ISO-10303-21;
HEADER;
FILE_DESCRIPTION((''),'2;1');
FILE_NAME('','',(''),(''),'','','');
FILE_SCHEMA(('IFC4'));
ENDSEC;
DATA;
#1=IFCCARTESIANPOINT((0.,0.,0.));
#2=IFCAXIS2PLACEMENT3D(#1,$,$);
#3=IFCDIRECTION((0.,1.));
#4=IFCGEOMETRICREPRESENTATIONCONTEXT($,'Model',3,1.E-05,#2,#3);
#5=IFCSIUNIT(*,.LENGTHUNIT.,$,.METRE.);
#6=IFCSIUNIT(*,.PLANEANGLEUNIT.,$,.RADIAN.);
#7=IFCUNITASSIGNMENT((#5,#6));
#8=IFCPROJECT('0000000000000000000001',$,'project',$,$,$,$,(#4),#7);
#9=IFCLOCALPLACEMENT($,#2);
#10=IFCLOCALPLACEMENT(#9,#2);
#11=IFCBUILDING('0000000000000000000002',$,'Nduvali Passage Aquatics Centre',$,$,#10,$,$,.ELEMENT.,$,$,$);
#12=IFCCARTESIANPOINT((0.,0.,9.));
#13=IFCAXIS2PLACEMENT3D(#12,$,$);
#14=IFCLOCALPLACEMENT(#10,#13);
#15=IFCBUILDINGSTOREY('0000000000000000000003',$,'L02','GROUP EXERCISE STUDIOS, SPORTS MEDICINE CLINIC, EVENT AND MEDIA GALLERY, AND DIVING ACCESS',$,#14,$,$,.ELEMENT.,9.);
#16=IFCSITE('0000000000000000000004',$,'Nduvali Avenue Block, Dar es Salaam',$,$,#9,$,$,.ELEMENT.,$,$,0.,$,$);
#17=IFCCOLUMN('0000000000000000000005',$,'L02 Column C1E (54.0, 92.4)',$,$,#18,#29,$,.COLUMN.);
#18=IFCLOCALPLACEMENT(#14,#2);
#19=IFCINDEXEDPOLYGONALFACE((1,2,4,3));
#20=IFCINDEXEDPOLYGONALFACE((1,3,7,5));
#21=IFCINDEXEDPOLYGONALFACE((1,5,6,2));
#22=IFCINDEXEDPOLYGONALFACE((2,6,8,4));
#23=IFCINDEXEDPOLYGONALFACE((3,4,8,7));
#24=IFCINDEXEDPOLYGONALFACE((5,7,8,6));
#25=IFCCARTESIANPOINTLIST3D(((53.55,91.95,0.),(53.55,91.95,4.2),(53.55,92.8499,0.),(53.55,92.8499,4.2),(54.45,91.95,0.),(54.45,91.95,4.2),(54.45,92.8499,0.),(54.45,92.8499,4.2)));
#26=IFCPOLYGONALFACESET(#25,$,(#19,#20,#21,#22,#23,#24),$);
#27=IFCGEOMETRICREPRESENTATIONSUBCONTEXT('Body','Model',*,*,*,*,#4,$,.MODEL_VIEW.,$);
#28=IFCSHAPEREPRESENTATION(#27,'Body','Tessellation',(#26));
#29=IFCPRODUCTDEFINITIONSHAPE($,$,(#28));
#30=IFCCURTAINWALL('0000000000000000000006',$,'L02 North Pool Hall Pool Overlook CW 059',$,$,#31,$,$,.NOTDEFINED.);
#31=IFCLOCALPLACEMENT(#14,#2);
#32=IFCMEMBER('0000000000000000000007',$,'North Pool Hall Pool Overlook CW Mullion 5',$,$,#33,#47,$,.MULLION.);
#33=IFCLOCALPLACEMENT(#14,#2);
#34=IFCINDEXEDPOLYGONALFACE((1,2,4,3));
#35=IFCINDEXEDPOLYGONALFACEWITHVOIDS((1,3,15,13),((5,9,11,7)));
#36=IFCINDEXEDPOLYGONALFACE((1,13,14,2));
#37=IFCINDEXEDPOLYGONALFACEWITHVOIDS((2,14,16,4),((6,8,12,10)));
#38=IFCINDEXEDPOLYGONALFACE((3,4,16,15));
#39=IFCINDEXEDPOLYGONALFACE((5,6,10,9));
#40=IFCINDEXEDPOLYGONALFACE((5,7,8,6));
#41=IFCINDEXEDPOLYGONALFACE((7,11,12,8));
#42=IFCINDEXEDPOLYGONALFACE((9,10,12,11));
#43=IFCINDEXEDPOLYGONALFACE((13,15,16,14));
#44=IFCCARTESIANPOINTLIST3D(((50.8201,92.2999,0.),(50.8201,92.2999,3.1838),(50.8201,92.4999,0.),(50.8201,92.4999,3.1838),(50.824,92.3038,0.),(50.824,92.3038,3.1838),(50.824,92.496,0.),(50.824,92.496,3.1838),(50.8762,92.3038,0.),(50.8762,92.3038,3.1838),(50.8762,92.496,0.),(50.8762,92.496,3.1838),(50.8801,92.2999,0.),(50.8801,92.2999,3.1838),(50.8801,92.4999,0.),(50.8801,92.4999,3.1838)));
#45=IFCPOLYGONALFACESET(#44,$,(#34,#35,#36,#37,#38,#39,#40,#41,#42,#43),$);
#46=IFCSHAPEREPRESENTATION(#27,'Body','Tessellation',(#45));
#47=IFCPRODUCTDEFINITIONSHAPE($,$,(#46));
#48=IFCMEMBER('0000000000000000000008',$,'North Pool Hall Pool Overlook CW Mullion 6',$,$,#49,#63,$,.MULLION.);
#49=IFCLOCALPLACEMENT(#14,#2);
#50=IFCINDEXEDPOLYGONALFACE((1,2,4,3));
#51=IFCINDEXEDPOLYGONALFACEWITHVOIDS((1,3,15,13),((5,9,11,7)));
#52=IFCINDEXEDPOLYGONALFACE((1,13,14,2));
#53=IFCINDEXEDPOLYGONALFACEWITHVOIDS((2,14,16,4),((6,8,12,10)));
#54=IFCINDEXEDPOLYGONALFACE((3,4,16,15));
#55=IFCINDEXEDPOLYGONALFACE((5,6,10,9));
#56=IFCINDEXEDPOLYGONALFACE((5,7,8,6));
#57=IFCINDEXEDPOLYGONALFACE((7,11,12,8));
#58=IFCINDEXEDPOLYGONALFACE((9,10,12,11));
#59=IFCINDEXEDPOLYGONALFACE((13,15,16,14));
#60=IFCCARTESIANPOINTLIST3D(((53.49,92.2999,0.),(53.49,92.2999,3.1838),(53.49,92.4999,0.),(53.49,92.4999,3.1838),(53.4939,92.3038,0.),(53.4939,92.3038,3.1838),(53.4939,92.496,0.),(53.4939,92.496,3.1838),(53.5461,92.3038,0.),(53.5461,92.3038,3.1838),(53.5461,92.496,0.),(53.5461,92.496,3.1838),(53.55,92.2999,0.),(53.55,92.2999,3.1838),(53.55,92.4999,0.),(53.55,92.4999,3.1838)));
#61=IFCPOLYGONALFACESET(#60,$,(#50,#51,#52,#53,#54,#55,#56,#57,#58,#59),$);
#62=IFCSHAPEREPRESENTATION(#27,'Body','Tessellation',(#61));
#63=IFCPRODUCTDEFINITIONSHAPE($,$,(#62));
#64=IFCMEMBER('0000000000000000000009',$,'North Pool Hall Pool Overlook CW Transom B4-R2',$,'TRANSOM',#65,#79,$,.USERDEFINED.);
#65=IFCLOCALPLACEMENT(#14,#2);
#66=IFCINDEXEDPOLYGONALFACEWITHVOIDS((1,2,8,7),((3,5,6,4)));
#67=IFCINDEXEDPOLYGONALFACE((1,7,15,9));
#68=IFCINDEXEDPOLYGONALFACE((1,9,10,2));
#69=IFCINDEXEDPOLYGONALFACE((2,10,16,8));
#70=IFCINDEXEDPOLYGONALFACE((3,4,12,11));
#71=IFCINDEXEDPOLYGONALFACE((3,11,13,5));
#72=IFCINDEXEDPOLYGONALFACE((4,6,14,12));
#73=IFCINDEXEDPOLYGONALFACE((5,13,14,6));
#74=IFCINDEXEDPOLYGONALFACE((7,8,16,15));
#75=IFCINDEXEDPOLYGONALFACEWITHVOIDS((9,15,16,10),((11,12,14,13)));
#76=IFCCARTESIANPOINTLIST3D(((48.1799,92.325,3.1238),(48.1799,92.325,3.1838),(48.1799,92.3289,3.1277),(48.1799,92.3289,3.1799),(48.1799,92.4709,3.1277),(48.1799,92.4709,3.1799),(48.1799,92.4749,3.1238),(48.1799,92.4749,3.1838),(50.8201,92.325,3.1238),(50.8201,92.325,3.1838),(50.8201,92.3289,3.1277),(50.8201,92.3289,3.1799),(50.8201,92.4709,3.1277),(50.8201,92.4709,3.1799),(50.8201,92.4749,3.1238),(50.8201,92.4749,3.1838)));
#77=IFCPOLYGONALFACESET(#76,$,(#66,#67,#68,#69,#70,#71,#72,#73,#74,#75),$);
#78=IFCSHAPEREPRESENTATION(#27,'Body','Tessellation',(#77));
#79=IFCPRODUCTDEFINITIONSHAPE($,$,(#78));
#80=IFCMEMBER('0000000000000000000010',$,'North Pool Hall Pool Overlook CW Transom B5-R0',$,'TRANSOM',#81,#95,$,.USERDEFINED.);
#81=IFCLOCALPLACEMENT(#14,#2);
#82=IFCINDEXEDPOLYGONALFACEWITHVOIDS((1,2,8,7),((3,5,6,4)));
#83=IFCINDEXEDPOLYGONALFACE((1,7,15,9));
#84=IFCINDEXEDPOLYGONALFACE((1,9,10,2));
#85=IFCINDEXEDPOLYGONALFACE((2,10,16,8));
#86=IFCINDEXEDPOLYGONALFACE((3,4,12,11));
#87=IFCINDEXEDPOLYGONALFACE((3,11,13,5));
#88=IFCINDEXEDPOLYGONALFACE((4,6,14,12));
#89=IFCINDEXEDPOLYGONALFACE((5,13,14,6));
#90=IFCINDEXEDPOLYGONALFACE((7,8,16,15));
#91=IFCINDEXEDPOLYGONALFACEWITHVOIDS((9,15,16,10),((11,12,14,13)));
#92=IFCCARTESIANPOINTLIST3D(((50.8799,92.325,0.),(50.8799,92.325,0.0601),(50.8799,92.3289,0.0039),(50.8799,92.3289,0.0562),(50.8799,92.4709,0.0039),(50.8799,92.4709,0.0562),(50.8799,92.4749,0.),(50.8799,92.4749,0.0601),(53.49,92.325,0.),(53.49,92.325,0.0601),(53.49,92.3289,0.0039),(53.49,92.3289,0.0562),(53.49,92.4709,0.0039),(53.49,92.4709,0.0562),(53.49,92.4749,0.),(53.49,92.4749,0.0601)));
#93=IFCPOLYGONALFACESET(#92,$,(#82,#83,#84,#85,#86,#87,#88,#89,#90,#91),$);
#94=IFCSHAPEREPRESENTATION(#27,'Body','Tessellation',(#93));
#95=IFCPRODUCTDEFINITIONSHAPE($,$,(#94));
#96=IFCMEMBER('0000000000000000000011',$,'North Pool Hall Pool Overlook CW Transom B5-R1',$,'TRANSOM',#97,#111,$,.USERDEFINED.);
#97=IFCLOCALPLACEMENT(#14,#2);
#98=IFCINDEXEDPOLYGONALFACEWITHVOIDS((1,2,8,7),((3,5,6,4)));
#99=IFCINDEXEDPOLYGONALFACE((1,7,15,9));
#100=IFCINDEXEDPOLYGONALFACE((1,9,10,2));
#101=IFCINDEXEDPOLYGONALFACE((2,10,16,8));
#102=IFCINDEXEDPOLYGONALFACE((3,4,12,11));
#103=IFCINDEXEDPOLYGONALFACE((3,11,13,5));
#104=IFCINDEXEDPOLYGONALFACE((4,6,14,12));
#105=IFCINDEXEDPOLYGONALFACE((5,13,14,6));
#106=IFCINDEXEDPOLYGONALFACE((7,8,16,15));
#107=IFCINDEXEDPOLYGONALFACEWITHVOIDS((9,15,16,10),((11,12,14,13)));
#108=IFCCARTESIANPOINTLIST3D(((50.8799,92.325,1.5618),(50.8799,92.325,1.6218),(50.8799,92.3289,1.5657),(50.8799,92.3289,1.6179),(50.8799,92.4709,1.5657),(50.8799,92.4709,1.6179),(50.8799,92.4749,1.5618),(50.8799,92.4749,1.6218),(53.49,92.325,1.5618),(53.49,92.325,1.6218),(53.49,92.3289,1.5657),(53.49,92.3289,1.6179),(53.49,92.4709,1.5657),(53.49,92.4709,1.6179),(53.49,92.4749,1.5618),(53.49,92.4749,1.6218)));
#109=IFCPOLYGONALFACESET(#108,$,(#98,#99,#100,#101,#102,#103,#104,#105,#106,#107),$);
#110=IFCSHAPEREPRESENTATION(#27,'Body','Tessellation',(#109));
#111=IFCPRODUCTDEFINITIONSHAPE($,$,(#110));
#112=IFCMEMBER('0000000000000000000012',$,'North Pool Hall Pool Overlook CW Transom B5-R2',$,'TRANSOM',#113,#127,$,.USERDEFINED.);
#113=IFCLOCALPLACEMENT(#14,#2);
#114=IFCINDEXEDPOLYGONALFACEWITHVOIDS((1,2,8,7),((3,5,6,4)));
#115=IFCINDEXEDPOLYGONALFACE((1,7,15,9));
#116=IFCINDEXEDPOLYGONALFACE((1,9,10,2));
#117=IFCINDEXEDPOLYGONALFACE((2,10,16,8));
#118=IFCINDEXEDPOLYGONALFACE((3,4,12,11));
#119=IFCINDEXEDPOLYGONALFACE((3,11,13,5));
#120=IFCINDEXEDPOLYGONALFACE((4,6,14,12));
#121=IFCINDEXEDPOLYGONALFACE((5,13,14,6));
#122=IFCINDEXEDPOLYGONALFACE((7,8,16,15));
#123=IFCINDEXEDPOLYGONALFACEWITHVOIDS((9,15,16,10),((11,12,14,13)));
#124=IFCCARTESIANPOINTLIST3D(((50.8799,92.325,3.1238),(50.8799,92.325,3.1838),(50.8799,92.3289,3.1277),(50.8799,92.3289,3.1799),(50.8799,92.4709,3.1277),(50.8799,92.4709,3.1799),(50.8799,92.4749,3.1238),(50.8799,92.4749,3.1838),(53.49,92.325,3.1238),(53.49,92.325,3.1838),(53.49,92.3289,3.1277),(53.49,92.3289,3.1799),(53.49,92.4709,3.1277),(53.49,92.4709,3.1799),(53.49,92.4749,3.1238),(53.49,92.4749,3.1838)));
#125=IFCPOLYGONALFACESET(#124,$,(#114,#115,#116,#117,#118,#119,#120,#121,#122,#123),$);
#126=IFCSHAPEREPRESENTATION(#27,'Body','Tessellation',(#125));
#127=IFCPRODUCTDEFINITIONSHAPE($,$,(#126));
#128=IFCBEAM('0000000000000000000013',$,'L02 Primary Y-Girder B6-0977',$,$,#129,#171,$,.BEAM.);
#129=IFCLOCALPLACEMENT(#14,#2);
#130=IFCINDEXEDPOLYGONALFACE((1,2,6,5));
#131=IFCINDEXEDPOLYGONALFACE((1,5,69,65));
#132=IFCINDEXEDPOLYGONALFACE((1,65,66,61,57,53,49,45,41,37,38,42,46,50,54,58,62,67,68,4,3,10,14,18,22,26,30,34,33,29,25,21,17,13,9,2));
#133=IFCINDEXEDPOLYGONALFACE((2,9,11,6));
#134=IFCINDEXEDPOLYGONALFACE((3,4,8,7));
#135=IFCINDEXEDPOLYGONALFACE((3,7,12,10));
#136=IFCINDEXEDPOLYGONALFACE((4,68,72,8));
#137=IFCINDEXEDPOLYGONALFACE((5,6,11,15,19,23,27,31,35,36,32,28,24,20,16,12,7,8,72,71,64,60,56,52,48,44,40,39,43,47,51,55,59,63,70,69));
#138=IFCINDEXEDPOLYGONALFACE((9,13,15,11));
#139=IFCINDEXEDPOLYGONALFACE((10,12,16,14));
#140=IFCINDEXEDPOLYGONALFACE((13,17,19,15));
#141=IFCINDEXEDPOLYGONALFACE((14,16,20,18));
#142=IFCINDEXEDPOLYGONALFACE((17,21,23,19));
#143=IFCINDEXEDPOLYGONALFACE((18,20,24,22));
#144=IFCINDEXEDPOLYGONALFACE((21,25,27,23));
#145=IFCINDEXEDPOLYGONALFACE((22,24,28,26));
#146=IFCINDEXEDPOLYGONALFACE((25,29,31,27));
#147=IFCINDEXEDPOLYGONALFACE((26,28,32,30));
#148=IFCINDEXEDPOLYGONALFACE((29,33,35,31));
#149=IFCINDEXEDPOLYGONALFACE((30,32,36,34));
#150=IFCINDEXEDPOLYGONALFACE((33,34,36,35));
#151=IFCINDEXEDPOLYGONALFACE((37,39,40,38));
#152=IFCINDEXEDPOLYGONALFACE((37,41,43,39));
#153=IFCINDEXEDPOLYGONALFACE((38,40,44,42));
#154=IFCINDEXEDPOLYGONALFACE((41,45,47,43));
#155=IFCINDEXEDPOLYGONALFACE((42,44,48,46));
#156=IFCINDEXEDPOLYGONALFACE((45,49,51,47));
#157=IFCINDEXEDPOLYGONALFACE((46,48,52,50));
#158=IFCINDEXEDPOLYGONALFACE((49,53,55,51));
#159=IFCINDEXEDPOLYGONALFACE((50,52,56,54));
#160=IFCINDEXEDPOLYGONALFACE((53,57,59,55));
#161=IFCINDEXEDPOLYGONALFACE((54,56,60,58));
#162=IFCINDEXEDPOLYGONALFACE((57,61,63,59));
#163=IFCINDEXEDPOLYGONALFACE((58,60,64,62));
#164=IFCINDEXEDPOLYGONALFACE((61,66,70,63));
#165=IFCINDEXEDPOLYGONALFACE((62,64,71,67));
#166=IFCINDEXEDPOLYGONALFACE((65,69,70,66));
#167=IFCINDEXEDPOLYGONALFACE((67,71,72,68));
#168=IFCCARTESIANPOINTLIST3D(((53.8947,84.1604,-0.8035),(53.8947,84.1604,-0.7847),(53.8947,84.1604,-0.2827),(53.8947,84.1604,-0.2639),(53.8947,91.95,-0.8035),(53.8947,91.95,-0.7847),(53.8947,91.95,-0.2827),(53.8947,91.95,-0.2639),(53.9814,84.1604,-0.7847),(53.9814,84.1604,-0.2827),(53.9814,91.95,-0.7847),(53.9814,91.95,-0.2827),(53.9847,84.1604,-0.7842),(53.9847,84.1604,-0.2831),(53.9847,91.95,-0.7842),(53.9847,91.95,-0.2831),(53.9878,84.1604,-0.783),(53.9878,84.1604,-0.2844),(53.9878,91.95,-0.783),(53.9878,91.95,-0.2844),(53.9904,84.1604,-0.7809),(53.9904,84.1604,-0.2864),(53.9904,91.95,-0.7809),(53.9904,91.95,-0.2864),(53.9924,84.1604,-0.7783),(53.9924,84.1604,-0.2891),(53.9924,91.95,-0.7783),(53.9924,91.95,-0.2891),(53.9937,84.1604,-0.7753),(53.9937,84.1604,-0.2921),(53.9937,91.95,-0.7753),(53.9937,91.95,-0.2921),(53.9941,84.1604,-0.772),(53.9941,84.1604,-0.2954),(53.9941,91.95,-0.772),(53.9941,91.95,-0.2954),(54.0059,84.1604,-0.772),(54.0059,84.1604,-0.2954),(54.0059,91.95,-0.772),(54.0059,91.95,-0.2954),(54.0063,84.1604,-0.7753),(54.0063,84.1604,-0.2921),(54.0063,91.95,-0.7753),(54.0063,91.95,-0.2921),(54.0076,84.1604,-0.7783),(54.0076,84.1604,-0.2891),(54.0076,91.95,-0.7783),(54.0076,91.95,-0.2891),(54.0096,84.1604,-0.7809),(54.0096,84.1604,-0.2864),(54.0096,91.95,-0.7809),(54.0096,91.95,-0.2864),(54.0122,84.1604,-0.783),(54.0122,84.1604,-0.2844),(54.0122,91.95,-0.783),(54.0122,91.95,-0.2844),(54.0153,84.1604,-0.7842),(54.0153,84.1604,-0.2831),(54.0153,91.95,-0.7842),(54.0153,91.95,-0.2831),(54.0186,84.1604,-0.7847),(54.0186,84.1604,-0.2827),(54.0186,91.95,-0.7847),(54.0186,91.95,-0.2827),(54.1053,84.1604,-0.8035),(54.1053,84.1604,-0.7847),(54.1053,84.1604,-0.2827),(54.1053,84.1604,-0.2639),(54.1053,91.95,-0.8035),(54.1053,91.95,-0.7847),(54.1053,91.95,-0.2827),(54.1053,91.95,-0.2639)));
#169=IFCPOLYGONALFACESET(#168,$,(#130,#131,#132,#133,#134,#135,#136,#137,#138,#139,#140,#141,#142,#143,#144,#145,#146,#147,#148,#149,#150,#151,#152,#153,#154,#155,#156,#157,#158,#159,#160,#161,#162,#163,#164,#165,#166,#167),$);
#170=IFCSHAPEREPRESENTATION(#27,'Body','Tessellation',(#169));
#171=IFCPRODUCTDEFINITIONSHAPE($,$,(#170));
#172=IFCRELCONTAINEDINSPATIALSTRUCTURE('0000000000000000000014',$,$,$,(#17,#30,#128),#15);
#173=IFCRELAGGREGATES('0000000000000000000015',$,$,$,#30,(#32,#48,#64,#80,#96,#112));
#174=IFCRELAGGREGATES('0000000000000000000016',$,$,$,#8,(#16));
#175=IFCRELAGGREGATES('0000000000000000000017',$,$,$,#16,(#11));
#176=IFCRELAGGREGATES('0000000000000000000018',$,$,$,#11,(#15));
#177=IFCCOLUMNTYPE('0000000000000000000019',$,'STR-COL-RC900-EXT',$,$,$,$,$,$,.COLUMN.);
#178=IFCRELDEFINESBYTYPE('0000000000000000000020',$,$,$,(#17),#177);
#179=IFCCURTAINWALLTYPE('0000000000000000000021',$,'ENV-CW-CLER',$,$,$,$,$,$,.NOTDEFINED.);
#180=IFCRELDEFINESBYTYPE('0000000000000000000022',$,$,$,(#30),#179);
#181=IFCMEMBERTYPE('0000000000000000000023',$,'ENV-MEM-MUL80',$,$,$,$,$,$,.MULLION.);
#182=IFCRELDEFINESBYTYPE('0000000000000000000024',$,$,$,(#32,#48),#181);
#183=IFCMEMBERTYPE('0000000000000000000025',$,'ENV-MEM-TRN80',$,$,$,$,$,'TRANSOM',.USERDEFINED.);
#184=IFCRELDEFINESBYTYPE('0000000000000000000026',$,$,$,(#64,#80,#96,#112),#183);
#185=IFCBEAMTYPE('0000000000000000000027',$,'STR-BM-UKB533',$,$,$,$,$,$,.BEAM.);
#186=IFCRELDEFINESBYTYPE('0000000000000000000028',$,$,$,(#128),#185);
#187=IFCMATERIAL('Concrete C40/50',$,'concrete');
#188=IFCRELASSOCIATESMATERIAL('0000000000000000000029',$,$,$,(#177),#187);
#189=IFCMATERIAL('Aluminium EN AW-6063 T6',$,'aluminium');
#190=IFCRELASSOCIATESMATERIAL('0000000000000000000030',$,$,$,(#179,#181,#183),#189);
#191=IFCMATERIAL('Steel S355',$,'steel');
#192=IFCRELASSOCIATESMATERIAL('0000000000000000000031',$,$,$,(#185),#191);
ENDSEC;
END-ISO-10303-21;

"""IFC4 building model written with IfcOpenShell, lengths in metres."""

from ifc_helpers import new_model, si_unit, direction, frame, origin, origin_2d, place, context, subcontext, project, spatial, rectangle, hollow_rectangle, i_section, extrude, material, material_profile, profile_set, type_object, element, aggregate, save


model = new_model("IFC4")

# Units and contexts
model_context = context("Model", 3, precision=1e-05, world=origin(), true_north=direction((0.0, 1.0)))
body_context = subcontext(model_context, "Body", "Model", "MODEL_VIEW")
ifc_project = project(units=[si_unit("LENGTHUNIT", "METRE"), si_unit("PLANEANGLEUNIT", "RADIAN")], contexts=[model_context])

# Site, building, storey
site_placement = place(None, origin())
site = spatial("IfcSite", under=ifc_project, at=site_placement, Name="Nduvali Avenue Block, Dar es Salaam", CompositionType="ELEMENT", RefElevation=0.0)
building_placement = place(site_placement, origin())
building = spatial("IfcBuilding", under=site, at=building_placement, Name="Nduvali Passage Aquatics Centre", CompositionType="ELEMENT")
storey_placement = place(building_placement, frame((0.0, 0.0, 9.0)))
storey = spatial("IfcBuildingStorey", under=building, at=storey_placement, Name="L02", Description="GROUP EXERCISE STUDIOS, SPORTS MEDICINE CLINIC, EVENT AND MEDIA GALLERY, AND DIVING ACCESS", CompositionType="ELEMENT", Elevation=9.0)

# Column
ifc_material_1 = material(Name="Concrete C40/50", Category="concrete")
ifc_material_profile_1 = material_profile(ifc_material_1, rectangle(XDim=0.8999, YDim=0.8999, at=origin_2d()), Name="RC 900x900")
ifc_profile_set_1 = profile_set([ifc_material_profile_1], Name="Concrete C40/50")
column_type = type_object("IfcColumnType", Name="STR-COL-RC900-EXT", PredefinedType="COLUMN", material=ifc_profile_set_1)
column_placement = place(storey_placement, frame((54.0, 92.3999, 0.0), z_axis=(0.0, 0.0, 1.0), x_axis=(1.0, 0.0, 0.0)))
element("IfcColumn", 1, at=column_placement, inside=storey, type_object=column_type, Name="L02 Column C1E (54.0, 92.4)", PredefinedType="COLUMN", context=body_context, shape_type="SweptSolid", body=[
    extrude(rectangle(XDim=0.8999, YDim=0.8999, at=origin_2d()), origin(), (0.0, 0.0, 1.0), 4.2),
])

# Curtain wall, members
ifc_material_2 = material(Name="Aluminium EN AW-6063 T6", Category="aluminium")
curtain_wall_type = type_object("IfcCurtainWallType", Name="ENV-CW-CLER", PredefinedType="NOTDEFINED", material=ifc_material_2)
curtain_wall_placement = place(storey_placement, origin())
curtain_wall = element("IfcCurtainWall", 2, at=curtain_wall_placement, inside=storey, type_object=curtain_wall_type, Name="L02 North Pool Hall Pool Overlook CW 059", PredefinedType="NOTDEFINED")
ifc_material_profile_2 = material_profile(ifc_material_2, hollow_rectangle(XDim=0.0601, YDim=0.2, WallThickness=0.0039, at=origin_2d()), Name="ALU MULLION 60x200x4")
ifc_profile_set_2 = profile_set([ifc_material_profile_2], Name="Aluminium EN AW-6063 T6")
member_type_1 = type_object("IfcMemberType", Name="ENV-MEM-MUL80", PredefinedType="MULLION", material=ifc_profile_set_2)
member_1_placement = place(storey_placement, frame((50.8501, 92.3999, 0.0), z_axis=(0.0, 0.0, 1.0), x_axis=(1.0, 0.0, 0.0)))
member_1 = element("IfcMember", 3, at=member_1_placement, type_object=member_type_1, Name="North Pool Hall Pool Overlook CW Mullion 5", PredefinedType="MULLION", context=body_context, shape_type="SweptSolid", body=[
    extrude(hollow_rectangle(XDim=0.0601, YDim=0.2, WallThickness=0.0039, at=origin_2d()), origin(), (0.0, 0.0, 1.0), 3.1838),
])
member_2_placement = place(storey_placement, frame((53.52, 92.3999, 0.0), z_axis=(0.0, 0.0, 1.0), x_axis=(1.0, 0.0, 0.0)))
member_2 = element("IfcMember", 4, at=member_2_placement, type_object=member_type_1, Name="North Pool Hall Pool Overlook CW Mullion 6", PredefinedType="MULLION", context=body_context, shape_type="SweptSolid", body=[
    extrude(hollow_rectangle(XDim=0.0601, YDim=0.2, WallThickness=0.0039, at=origin_2d()), origin(), (0.0, 0.0, 1.0), 3.1838),
])
ifc_material_profile_3 = material_profile(ifc_material_2, hollow_rectangle(XDim=0.1499, YDim=0.0601, WallThickness=0.0039, at=origin_2d()), Name="ALU TRANSOM 150x60x4")
ifc_profile_set_3 = profile_set([ifc_material_profile_3], Name="Aluminium EN AW-6063 T6")
member_type_2 = type_object("IfcMemberType", Name="ENV-MEM-TRN80", ElementType="TRANSOM", PredefinedType="USERDEFINED", material=ifc_profile_set_3)
member_3_placement = place(storey_placement, frame((48.1799, 92.3999, 3.1538), z_axis=(1.0, 0.0, 0.0), x_axis=(0.0, 1.0, 0.0)))
member_3 = element("IfcMember", 5, at=member_3_placement, type_object=member_type_2, Name="North Pool Hall Pool Overlook CW Transom B4-R2", ObjectType="TRANSOM", PredefinedType="USERDEFINED", context=body_context, shape_type="SweptSolid", body=[
    extrude(hollow_rectangle(XDim=0.1499, YDim=0.0601, WallThickness=0.0039, at=origin_2d()), origin(), (0.0, 0.0, 1.0), 2.6401),
])
member_4_placement = place(storey_placement, frame((50.8799, 92.3999, 0.03), z_axis=(1.0, 0.0, 0.0), x_axis=(0.0, 1.0, 0.0)))
member_4 = element("IfcMember", 6, at=member_4_placement, type_object=member_type_2, Name="North Pool Hall Pool Overlook CW Transom B5-R0", ObjectType="TRANSOM", PredefinedType="USERDEFINED", context=body_context, shape_type="SweptSolid", body=[
    extrude(hollow_rectangle(XDim=0.1499, YDim=0.0601, WallThickness=0.0039, at=origin_2d()), origin(), (0.0, 0.0, 1.0), 2.6101),
])
member_5_placement = place(storey_placement, frame((50.8799, 92.3999, 1.5918), z_axis=(1.0, 0.0, 0.0), x_axis=(0.0, 1.0, 0.0)))
member_5 = element("IfcMember", 7, at=member_5_placement, type_object=member_type_2, Name="North Pool Hall Pool Overlook CW Transom B5-R1", ObjectType="TRANSOM", PredefinedType="USERDEFINED", context=body_context, shape_type="SweptSolid", body=[
    extrude(hollow_rectangle(XDim=0.1499, YDim=0.0601, WallThickness=0.0039, at=origin_2d()), origin(), (0.0, 0.0, 1.0), 2.6101),
])
member_6_placement = place(storey_placement, frame((50.8799, 92.3999, 3.1538), z_axis=(1.0, 0.0, 0.0), x_axis=(0.0, 1.0, 0.0)))
member_6 = element("IfcMember", 8, at=member_6_placement, type_object=member_type_2, Name="North Pool Hall Pool Overlook CW Transom B5-R2", ObjectType="TRANSOM", PredefinedType="USERDEFINED", context=body_context, shape_type="SweptSolid", body=[
    extrude(hollow_rectangle(XDim=0.1499, YDim=0.0601, WallThickness=0.0039, at=origin_2d()), origin(), (0.0, 0.0, 1.0), 2.6101),
])

# Beam
ifc_material_3 = material(Name="Steel S355", Category="steel")
ifc_material_profile_4 = material_profile(ifc_material_3, i_section(OverallWidth=0.2107, OverallDepth=0.5396, WebThickness=0.0117, FlangeThickness=0.0188, FilletRadius=0.0127, at=origin_2d()), Name="UKB 533x210x109")
ifc_profile_set_4 = profile_set([ifc_material_profile_4], Name="Steel S355")
beam_type_1 = type_object("IfcBeamType", Name="STR-BM-UKB533", PredefinedType="BEAM", material=ifc_profile_set_4)
for number, where, z_axis, x_axis, name in (
    (9, (54.0, 84.1604, -0.5337), (0.0, 1.0, 0.0), (-1.0, 0.0, 0.0), "L02 Primary Y-Girder B6-0977"),
):
    element("IfcBeam", number, at=place(storey_placement, frame(where, z_axis=z_axis, x_axis=x_axis)), inside=storey, type_object=beam_type_1, Name=name, PredefinedType="BEAM", context=body_context, shape_type="SweptSolid", body=[
        extrude(i_section(OverallWidth=0.2107, OverallDepth=0.5396, WebThickness=0.0117, FlangeThickness=0.0188, FilletRadius=0.0127, at=origin_2d()), origin(), (0.0, 0.0, 1.0), 7.7896),
    ])

aggregate(curtain_wall, [member_1, member_2, member_3, member_4, member_5, member_6])

save(model, "model.ifc")
